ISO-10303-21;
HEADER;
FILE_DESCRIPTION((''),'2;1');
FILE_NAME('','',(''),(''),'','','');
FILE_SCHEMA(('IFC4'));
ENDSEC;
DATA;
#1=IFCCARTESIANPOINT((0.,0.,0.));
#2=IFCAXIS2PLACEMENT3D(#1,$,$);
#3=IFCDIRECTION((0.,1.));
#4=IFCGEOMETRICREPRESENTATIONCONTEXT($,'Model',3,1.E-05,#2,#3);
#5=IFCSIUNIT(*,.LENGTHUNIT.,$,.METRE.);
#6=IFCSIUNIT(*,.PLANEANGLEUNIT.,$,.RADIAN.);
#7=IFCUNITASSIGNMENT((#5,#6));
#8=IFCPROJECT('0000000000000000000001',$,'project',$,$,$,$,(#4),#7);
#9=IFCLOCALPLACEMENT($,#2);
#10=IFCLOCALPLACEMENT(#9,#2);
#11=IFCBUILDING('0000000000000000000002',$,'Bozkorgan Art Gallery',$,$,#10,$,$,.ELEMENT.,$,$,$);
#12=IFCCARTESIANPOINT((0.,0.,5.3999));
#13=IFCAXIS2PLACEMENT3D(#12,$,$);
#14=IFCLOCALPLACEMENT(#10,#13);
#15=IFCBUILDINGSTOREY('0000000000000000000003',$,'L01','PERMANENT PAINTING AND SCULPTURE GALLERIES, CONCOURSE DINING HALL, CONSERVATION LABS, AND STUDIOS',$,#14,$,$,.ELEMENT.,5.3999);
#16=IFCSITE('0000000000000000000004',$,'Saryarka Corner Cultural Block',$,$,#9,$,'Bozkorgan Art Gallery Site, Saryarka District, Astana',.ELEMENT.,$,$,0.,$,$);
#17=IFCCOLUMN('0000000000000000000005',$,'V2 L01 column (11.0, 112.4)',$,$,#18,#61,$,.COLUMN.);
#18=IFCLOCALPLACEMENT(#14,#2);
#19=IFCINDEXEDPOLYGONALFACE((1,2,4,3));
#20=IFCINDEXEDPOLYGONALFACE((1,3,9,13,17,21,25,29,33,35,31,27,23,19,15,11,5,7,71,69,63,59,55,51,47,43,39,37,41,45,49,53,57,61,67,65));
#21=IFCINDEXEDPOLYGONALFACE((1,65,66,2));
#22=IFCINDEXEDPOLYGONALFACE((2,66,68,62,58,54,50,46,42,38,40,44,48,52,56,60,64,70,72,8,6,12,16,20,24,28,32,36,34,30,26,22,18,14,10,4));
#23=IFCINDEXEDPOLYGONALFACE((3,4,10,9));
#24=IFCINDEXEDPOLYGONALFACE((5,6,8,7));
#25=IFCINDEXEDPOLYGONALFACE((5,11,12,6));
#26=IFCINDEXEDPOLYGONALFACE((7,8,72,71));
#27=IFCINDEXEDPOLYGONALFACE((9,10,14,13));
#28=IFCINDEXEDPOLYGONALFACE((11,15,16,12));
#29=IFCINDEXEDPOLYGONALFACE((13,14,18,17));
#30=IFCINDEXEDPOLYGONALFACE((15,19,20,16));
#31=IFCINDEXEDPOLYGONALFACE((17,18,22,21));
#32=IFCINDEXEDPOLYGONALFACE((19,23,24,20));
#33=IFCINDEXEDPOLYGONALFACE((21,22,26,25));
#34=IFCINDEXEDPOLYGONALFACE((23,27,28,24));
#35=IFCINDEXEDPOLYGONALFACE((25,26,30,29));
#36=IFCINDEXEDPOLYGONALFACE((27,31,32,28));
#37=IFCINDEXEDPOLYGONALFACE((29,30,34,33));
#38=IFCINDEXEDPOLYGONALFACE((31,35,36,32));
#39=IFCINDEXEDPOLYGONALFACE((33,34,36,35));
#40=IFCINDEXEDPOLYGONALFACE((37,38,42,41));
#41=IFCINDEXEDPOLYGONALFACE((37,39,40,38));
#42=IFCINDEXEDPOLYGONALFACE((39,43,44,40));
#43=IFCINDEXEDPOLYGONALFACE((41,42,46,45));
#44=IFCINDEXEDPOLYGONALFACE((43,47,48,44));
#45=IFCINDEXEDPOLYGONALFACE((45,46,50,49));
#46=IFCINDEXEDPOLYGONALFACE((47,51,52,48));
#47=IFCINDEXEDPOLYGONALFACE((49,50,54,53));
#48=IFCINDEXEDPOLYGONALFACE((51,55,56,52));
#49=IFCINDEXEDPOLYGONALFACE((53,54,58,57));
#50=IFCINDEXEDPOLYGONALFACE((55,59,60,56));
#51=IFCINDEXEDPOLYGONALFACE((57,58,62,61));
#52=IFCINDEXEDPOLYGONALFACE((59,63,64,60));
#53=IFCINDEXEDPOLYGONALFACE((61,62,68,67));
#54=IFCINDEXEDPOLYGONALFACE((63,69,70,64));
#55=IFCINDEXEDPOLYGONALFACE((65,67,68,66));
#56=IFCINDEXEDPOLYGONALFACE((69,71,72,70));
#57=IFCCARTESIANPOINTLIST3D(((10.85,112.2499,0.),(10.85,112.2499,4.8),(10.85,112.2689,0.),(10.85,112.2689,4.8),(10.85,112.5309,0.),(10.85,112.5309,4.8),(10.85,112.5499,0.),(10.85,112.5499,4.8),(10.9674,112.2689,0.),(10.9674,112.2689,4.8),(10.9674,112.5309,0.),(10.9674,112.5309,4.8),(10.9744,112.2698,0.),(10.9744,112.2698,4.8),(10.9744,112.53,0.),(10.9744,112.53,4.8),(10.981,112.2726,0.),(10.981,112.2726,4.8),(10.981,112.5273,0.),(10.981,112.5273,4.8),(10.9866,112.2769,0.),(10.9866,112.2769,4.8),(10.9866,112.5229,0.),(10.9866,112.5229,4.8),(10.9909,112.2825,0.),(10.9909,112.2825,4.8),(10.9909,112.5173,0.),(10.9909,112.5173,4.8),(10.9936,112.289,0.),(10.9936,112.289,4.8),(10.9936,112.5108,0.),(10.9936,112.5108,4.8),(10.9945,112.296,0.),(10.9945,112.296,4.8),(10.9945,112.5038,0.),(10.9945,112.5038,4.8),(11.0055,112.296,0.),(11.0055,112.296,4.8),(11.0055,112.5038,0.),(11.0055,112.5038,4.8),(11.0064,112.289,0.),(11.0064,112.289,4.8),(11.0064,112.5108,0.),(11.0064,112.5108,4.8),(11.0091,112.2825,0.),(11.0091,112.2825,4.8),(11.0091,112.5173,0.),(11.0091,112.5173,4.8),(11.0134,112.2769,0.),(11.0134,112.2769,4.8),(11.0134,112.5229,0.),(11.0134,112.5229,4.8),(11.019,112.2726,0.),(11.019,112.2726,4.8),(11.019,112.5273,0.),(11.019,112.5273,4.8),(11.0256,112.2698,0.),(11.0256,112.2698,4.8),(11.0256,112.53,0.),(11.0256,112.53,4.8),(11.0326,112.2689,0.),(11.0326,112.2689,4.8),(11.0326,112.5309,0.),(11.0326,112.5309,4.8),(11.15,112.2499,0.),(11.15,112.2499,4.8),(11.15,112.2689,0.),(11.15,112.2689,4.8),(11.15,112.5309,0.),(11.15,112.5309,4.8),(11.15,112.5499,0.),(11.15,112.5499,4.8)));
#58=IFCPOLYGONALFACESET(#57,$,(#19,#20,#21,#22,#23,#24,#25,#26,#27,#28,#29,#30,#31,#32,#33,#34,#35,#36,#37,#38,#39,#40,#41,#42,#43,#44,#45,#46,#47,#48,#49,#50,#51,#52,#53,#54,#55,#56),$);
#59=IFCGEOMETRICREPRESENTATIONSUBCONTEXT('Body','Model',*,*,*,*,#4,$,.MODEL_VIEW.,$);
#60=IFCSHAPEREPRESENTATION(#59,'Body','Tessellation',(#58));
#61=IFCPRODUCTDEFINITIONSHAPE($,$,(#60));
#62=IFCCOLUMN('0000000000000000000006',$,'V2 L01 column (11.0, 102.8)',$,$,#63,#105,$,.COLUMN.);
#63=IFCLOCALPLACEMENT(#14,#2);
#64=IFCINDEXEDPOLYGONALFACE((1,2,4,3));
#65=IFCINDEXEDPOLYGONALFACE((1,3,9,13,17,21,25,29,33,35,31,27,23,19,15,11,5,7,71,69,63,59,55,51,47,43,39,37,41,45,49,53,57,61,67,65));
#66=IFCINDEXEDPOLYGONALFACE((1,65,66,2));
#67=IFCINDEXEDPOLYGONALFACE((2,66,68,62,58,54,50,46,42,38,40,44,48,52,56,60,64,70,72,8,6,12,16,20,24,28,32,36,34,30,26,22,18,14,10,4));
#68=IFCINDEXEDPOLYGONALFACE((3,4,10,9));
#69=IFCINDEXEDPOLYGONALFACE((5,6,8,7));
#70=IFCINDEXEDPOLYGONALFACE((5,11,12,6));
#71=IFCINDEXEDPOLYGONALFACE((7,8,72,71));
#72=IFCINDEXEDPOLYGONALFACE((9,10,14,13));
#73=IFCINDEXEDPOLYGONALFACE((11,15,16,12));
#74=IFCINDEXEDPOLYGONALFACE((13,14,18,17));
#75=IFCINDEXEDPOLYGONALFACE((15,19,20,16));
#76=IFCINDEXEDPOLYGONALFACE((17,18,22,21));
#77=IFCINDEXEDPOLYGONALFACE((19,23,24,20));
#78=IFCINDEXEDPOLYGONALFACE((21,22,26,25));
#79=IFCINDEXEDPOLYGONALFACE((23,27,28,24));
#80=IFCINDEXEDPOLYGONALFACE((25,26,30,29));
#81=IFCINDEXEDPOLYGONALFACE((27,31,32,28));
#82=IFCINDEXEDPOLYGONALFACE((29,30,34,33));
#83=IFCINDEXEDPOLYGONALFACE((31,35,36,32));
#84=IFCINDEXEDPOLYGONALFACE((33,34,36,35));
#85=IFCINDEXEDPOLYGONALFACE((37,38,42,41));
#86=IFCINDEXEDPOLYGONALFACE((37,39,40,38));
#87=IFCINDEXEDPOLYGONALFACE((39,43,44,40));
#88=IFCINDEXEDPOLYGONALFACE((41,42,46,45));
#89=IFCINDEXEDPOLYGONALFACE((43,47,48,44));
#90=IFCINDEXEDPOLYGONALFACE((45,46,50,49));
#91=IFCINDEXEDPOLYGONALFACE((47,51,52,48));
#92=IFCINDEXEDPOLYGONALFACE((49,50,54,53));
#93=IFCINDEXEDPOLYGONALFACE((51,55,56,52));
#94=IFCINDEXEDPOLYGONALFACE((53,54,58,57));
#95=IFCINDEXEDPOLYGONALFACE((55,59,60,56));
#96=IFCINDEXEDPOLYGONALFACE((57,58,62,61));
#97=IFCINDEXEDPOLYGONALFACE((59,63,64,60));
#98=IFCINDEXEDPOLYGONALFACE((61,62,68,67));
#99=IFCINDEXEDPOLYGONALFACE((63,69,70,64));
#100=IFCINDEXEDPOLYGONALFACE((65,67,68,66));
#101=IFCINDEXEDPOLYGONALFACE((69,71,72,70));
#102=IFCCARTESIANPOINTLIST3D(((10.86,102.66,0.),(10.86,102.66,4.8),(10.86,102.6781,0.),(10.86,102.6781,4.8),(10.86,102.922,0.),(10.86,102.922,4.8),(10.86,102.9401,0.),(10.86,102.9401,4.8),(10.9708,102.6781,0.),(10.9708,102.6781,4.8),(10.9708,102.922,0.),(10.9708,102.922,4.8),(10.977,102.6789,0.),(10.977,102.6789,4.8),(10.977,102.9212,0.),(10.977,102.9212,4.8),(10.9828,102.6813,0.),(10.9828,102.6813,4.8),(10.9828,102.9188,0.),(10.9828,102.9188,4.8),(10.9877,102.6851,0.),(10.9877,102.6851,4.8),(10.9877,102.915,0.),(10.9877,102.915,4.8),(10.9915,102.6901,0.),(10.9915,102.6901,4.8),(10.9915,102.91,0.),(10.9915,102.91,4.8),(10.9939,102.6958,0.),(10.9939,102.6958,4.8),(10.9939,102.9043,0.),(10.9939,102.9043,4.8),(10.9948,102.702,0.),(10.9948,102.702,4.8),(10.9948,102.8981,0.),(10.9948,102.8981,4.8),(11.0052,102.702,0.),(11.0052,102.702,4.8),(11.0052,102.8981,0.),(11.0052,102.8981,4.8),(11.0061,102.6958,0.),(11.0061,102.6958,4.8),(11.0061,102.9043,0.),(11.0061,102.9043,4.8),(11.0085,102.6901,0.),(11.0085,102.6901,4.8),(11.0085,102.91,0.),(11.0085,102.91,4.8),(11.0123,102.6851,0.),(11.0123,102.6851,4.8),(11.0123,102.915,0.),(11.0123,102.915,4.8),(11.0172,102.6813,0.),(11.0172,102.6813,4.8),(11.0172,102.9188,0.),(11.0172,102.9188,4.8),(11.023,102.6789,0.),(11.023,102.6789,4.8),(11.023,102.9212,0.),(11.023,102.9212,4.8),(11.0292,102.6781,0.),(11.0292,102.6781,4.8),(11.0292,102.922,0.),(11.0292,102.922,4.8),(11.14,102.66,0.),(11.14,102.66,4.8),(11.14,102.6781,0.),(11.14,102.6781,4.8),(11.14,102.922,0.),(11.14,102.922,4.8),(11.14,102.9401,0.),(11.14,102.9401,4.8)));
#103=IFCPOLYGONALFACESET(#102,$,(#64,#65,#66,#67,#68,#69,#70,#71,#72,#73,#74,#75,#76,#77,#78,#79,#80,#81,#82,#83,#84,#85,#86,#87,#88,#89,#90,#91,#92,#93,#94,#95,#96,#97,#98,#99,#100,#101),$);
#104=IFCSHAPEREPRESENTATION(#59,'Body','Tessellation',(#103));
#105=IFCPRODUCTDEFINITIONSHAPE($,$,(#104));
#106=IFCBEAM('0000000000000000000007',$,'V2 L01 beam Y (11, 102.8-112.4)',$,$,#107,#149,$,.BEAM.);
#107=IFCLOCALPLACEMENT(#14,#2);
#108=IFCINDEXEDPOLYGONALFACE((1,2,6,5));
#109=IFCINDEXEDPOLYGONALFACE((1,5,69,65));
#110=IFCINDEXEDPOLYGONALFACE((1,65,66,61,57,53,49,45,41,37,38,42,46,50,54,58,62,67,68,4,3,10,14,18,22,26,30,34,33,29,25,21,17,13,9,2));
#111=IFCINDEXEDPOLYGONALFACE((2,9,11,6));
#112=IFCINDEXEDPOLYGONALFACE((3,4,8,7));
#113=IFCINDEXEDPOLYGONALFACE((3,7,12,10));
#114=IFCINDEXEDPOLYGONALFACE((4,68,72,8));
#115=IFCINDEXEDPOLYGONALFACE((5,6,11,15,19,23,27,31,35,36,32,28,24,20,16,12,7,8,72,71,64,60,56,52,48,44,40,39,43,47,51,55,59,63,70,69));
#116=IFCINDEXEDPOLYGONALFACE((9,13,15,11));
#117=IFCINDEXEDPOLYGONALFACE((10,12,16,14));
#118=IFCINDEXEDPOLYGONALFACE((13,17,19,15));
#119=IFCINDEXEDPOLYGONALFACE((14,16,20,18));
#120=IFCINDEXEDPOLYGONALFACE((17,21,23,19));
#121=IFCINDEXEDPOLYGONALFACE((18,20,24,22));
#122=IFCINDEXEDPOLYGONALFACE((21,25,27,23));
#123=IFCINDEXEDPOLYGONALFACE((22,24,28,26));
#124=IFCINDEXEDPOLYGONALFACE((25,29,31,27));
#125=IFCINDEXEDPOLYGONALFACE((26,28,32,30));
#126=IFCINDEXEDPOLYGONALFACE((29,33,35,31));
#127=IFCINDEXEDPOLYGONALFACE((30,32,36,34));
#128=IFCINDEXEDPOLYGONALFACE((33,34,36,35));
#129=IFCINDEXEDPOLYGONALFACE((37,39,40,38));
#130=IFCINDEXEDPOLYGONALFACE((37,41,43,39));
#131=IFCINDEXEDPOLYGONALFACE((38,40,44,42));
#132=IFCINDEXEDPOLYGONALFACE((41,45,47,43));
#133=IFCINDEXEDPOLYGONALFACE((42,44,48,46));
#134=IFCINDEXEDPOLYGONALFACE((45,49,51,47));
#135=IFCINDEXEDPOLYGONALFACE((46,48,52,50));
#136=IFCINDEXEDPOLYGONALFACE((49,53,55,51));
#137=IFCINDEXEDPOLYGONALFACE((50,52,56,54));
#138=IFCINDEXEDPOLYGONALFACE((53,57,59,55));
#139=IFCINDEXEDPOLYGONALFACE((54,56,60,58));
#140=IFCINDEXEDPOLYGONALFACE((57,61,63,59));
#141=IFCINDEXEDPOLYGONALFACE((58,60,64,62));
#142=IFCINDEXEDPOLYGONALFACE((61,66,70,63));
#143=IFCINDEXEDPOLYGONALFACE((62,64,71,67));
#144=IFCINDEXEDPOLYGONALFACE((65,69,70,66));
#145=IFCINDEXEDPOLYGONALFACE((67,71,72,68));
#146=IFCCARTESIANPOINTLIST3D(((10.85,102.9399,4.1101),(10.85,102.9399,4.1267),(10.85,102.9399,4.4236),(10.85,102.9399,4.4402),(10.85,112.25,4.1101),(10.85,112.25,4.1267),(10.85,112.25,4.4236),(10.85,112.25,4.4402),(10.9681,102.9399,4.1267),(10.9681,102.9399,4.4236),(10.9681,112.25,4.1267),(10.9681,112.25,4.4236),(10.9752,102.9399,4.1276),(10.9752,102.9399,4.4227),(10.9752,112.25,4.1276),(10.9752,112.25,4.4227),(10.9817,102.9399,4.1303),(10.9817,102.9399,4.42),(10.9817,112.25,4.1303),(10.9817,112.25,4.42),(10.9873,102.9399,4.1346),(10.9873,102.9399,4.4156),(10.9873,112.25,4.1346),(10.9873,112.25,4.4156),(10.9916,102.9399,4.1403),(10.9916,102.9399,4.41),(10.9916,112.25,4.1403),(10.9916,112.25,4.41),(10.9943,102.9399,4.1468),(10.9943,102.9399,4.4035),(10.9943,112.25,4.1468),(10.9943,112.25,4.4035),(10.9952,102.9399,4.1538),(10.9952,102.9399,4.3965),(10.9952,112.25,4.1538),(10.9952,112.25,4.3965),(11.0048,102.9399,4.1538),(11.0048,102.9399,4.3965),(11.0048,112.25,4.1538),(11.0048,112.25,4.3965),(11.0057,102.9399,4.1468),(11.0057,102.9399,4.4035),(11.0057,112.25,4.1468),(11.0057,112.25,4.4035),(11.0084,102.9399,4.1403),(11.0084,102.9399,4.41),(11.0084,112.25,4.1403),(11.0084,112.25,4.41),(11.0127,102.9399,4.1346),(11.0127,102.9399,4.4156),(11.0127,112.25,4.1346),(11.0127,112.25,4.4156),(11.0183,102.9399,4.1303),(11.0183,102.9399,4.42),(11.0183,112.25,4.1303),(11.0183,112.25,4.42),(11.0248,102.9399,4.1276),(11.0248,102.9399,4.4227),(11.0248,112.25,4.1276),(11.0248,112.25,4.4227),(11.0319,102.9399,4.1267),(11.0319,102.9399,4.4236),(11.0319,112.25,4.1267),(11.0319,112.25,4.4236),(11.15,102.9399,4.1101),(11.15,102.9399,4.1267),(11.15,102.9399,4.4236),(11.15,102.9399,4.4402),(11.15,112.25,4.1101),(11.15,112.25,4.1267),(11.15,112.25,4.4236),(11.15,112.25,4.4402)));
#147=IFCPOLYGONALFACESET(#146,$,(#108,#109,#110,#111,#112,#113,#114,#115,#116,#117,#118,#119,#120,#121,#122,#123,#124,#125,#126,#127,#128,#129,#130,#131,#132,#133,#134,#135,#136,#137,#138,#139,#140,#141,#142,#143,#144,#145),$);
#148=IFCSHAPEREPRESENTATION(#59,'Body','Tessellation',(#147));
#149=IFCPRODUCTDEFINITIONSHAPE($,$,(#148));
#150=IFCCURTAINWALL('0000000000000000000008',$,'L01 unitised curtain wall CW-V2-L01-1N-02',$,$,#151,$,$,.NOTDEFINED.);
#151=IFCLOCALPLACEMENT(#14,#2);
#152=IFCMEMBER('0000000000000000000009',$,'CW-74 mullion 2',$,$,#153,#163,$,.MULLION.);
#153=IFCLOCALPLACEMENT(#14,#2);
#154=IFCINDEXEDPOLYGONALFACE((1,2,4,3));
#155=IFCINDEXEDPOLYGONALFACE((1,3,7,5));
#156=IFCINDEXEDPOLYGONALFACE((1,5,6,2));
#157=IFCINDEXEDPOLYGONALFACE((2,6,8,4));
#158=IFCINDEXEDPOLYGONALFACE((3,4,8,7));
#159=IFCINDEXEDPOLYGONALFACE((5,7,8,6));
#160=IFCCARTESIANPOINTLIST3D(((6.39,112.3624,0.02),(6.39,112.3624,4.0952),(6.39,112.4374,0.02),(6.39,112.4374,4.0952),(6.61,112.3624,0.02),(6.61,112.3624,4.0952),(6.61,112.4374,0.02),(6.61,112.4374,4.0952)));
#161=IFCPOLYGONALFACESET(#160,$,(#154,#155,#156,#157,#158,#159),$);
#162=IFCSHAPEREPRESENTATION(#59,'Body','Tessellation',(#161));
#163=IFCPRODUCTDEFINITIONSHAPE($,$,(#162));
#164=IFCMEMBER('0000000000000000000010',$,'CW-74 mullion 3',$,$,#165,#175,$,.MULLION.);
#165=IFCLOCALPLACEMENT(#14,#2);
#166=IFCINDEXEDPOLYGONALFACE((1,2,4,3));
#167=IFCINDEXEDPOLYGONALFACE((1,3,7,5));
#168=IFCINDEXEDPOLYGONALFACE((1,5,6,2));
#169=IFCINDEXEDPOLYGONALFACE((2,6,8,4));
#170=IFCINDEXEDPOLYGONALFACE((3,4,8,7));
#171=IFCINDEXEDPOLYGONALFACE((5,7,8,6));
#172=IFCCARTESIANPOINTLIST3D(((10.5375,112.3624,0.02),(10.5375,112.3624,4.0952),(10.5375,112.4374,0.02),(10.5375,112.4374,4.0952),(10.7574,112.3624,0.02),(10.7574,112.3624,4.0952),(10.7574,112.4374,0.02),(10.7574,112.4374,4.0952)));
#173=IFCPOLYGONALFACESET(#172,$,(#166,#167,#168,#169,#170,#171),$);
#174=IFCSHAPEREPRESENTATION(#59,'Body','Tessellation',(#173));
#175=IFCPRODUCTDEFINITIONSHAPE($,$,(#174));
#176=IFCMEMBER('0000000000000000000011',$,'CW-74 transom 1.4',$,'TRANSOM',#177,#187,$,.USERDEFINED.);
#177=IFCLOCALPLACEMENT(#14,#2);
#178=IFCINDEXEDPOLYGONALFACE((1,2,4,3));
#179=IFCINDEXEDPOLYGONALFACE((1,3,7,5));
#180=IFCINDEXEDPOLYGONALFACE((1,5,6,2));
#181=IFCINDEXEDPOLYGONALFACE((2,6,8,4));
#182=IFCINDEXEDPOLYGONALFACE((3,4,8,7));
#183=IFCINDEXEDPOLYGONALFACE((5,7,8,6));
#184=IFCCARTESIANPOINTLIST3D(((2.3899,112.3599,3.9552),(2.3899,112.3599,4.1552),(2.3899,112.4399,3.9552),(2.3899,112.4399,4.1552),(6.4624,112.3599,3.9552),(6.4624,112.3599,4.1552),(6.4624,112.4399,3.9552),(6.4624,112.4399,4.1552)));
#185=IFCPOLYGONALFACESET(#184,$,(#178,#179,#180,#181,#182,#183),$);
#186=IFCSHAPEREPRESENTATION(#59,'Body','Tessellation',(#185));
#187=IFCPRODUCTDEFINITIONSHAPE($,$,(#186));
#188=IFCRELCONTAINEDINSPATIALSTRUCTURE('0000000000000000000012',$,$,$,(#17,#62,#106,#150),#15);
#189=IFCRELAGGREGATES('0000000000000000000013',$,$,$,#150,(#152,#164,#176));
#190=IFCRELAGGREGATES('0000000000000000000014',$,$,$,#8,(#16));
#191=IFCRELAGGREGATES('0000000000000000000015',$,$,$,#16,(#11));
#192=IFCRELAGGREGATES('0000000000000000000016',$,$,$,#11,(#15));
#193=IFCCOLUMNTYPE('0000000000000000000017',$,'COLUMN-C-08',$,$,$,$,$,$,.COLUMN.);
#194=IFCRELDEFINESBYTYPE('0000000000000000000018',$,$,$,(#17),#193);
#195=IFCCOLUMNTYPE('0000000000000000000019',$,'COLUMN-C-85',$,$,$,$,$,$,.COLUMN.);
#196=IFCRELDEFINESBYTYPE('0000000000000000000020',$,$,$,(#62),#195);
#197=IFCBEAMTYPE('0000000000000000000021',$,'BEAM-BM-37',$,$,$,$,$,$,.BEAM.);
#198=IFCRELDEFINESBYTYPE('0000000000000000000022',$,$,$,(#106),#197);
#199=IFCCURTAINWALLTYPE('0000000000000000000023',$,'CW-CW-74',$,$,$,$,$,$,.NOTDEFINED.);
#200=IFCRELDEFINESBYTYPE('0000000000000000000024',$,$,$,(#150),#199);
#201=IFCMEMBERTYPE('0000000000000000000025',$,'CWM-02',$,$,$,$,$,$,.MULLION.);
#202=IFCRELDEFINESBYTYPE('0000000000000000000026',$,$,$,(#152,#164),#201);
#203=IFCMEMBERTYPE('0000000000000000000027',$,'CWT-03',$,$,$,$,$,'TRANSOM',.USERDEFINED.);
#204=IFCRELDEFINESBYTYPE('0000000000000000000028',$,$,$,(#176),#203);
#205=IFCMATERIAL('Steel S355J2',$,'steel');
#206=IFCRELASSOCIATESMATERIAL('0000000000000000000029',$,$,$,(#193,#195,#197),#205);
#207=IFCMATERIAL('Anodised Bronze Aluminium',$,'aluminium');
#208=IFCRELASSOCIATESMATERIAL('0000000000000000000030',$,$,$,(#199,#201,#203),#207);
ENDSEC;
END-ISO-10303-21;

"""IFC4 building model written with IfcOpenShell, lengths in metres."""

from ifc_helpers import new_model, si_unit, direction, frame, origin, origin_2d, place, context, subcontext, project, spatial, rectangle, i_section, extrude, material, material_profile, profile_set, type_object, element, aggregate, save


model = new_model("IFC4")

# Units and contexts
model_context = context("Model", 3, precision=1e-05, world=origin(), true_north=direction((0.0, 1.0)))
body_context = subcontext(model_context, "Body", "Model", "MODEL_VIEW")
ifc_project = project(units=[si_unit("LENGTHUNIT", "METRE"), si_unit("PLANEANGLEUNIT", "RADIAN")], contexts=[model_context])

# Site, building, storey
site_placement = place(None, origin())
site = spatial("IfcSite", under=ifc_project, at=site_placement, Name="Saryarka Corner Cultural Block", LongName="Bozkorgan Art Gallery Site, Saryarka District, Astana", CompositionType="ELEMENT", RefElevation=0.0)
building_placement = place(site_placement, origin())
building = spatial("IfcBuilding", under=site, at=building_placement, Name="Bozkorgan Art Gallery", CompositionType="ELEMENT")
storey_placement = place(building_placement, frame((0.0, 0.0, 5.3999)))
storey = spatial("IfcBuildingStorey", under=building, at=storey_placement, Name="L01", Description="PERMANENT PAINTING AND SCULPTURE GALLERIES, CONCOURSE DINING HALL, CONSERVATION LABS, AND STUDIOS", CompositionType="ELEMENT", Elevation=5.3999)

# Columns
ifc_material_1 = material(Name="Steel S355J2", Category="steel")
ifc_material_profile_1 = material_profile(ifc_material_1, i_section(OverallWidth=0.3, OverallDepth=0.3, WebThickness=0.011, FlangeThickness=0.019, FilletRadius=0.0271, at=origin_2d()), Name="HEB 300")
ifc_profile_set_1 = profile_set([ifc_material_profile_1], Name="Steel S355J2")
column_type_1 = type_object("IfcColumnType", Name="COLUMN-C-08", PredefinedType="COLUMN", material=ifc_profile_set_1)
column_1_placement = place(storey_placement, frame((11.0, 112.3999, 0.0), z_axis=(0.0, 0.0, 1.0), x_axis=(1.0, 0.0, 0.0)))
element("IfcColumn", 1, at=column_1_placement, inside=storey, type_object=column_type_1, Name="V2 L01 column (11.0, 112.4)", PredefinedType="COLUMN", context=body_context, shape_type="SweptSolid", body=[
    extrude(i_section(OverallWidth=0.3, OverallDepth=0.3, WebThickness=0.011, FlangeThickness=0.019, FilletRadius=0.0271, at=origin_2d()), origin(), (0.0, 0.0, 1.0), 4.8),
])
ifc_material_profile_2 = material_profile(ifc_material_1, i_section(OverallWidth=0.28, OverallDepth=0.28, WebThickness=0.0105, FlangeThickness=0.0181, FilletRadius=0.0239, at=origin_2d()), Name="HEB 280")
ifc_profile_set_2 = profile_set([ifc_material_profile_2], Name="Steel S355J2")
column_type_2 = type_object("IfcColumnType", Name="COLUMN-C-85", PredefinedType="COLUMN", material=ifc_profile_set_2)
column_2_placement = place(storey_placement, frame((11.0, 102.8, 0.0), z_axis=(0.0, 0.0, 1.0), x_axis=(1.0, 0.0, 0.0)))
element("IfcColumn", 2, at=column_2_placement, inside=storey, type_object=column_type_2, Name="V2 L01 column (11.0, 102.8)", PredefinedType="COLUMN", context=body_context, shape_type="SweptSolid", body=[
    extrude(i_section(OverallWidth=0.28, OverallDepth=0.28, WebThickness=0.0105, FlangeThickness=0.0181, FilletRadius=0.0239, at=origin_2d()), origin(), (0.0, 0.0, 1.0), 4.8),
])

# Beam
ifc_material_profile_3 = material_profile(ifc_material_1, i_section(OverallWidth=0.3, OverallDepth=0.3301, WebThickness=0.0095, FlangeThickness=0.0166, FilletRadius=0.0271, at=origin_2d()), Name="HEA 340")
ifc_profile_set_3 = profile_set([ifc_material_profile_3], Name="Steel S355J2")
beam_type = type_object("IfcBeamType", Name="BEAM-BM-37", PredefinedType="BEAM", material=ifc_profile_set_3)
beam_placement = place(storey_placement, frame((11.0, 102.9399, 4.2751), z_axis=(0.0, 1.0, 0.0), x_axis=(-1.0, 0.0, 0.0)))
element("IfcBeam", 3, at=beam_placement, inside=storey, type_object=beam_type, Name="V2 L01 beam Y (11, 102.8-112.4)", PredefinedType="BEAM", context=body_context, shape_type="SweptSolid", body=[
    extrude(i_section(OverallWidth=0.3, OverallDepth=0.3301, WebThickness=0.0095, FlangeThickness=0.0166, FilletRadius=0.0271, at=origin_2d()), origin(), (0.0, 0.0, 1.0), 9.3101),
])

# Curtain wall, members
ifc_material_2 = material(Name="Anodised Bronze Aluminium", Category="aluminium")
curtain_wall_type = type_object("IfcCurtainWallType", Name="CW-CW-74", PredefinedType="NOTDEFINED", material=ifc_material_2)
curtain_wall_placement = place(storey_placement, origin())
curtain_wall = element("IfcCurtainWall", 4, at=curtain_wall_placement, inside=storey, type_object=curtain_wall_type, Name="L01 unitised curtain wall CW-V2-L01-1N-02", PredefinedType="NOTDEFINED")
ifc_material_profile_4 = material_profile(ifc_material_2, rectangle(XDim=0.075, YDim=0.22, at=origin_2d()), Name="ALU MULLION 75x220")
ifc_profile_set_4 = profile_set([ifc_material_profile_4], Name="Anodised Bronze Aluminium")
member_type_1 = type_object("IfcMemberType", Name="CWM-02", PredefinedType="MULLION", material=ifc_profile_set_4)
member_1_placement = place(storey_placement, frame((6.5, 112.3999, 0.02), z_axis=(0.0, 0.0, 1.0), x_axis=(0.0, 1.0, 0.0)))
member_1 = element("IfcMember", 5, at=member_1_placement, type_object=member_type_1, Name="CW-74 mullion 2", PredefinedType="MULLION", context=body_context, shape_type="SweptSolid", body=[
    extrude(rectangle(XDim=0.075, YDim=0.22, at=origin_2d()), origin(), (0.0, 0.0, 1.0), 4.0752),
])
member_2_placement = place(storey_placement, frame((10.6475, 112.3999, 0.02), z_axis=(0.0, 0.0, 1.0), x_axis=(0.0, 1.0, 0.0)))
member_2 = element("IfcMember", 6, at=member_2_placement, type_object=member_type_1, Name="CW-74 mullion 3", PredefinedType="MULLION", context=body_context, shape_type="SweptSolid", body=[
    extrude(rectangle(XDim=0.075, YDim=0.22, at=origin_2d()), origin(), (0.0, 0.0, 1.0), 4.0752),
])
ifc_material_profile_5 = material_profile(ifc_material_2, rectangle(XDim=0.0801, YDim=0.2, at=origin_2d()), Name="ALU TRANSOM 80x200")
ifc_profile_set_5 = profile_set([ifc_material_profile_5], Name="Anodised Bronze Aluminium")
member_type_2 = type_object("IfcMemberType", Name="CWT-03", ElementType="TRANSOM", PredefinedType="USERDEFINED", material=ifc_profile_set_5)
member_3_placement = place(storey_placement, frame((2.3899, 112.3999, 4.0552), z_axis=(1.0, 0.0, 0.0), x_axis=(0.0, 1.0, 0.0)))
member_3 = element("IfcMember", 7, at=member_3_placement, type_object=member_type_2, Name="CW-74 transom 1.4", ObjectType="TRANSOM", PredefinedType="USERDEFINED", context=body_context, shape_type="SweptSolid", body=[
    extrude(rectangle(XDim=0.0801, YDim=0.2, at=origin_2d()), origin(), (0.0, 0.0, 1.0), 4.0725),
])
aggregate(curtain_wall, [member_1, member_2, member_3])

save(model, "model.ifc")
